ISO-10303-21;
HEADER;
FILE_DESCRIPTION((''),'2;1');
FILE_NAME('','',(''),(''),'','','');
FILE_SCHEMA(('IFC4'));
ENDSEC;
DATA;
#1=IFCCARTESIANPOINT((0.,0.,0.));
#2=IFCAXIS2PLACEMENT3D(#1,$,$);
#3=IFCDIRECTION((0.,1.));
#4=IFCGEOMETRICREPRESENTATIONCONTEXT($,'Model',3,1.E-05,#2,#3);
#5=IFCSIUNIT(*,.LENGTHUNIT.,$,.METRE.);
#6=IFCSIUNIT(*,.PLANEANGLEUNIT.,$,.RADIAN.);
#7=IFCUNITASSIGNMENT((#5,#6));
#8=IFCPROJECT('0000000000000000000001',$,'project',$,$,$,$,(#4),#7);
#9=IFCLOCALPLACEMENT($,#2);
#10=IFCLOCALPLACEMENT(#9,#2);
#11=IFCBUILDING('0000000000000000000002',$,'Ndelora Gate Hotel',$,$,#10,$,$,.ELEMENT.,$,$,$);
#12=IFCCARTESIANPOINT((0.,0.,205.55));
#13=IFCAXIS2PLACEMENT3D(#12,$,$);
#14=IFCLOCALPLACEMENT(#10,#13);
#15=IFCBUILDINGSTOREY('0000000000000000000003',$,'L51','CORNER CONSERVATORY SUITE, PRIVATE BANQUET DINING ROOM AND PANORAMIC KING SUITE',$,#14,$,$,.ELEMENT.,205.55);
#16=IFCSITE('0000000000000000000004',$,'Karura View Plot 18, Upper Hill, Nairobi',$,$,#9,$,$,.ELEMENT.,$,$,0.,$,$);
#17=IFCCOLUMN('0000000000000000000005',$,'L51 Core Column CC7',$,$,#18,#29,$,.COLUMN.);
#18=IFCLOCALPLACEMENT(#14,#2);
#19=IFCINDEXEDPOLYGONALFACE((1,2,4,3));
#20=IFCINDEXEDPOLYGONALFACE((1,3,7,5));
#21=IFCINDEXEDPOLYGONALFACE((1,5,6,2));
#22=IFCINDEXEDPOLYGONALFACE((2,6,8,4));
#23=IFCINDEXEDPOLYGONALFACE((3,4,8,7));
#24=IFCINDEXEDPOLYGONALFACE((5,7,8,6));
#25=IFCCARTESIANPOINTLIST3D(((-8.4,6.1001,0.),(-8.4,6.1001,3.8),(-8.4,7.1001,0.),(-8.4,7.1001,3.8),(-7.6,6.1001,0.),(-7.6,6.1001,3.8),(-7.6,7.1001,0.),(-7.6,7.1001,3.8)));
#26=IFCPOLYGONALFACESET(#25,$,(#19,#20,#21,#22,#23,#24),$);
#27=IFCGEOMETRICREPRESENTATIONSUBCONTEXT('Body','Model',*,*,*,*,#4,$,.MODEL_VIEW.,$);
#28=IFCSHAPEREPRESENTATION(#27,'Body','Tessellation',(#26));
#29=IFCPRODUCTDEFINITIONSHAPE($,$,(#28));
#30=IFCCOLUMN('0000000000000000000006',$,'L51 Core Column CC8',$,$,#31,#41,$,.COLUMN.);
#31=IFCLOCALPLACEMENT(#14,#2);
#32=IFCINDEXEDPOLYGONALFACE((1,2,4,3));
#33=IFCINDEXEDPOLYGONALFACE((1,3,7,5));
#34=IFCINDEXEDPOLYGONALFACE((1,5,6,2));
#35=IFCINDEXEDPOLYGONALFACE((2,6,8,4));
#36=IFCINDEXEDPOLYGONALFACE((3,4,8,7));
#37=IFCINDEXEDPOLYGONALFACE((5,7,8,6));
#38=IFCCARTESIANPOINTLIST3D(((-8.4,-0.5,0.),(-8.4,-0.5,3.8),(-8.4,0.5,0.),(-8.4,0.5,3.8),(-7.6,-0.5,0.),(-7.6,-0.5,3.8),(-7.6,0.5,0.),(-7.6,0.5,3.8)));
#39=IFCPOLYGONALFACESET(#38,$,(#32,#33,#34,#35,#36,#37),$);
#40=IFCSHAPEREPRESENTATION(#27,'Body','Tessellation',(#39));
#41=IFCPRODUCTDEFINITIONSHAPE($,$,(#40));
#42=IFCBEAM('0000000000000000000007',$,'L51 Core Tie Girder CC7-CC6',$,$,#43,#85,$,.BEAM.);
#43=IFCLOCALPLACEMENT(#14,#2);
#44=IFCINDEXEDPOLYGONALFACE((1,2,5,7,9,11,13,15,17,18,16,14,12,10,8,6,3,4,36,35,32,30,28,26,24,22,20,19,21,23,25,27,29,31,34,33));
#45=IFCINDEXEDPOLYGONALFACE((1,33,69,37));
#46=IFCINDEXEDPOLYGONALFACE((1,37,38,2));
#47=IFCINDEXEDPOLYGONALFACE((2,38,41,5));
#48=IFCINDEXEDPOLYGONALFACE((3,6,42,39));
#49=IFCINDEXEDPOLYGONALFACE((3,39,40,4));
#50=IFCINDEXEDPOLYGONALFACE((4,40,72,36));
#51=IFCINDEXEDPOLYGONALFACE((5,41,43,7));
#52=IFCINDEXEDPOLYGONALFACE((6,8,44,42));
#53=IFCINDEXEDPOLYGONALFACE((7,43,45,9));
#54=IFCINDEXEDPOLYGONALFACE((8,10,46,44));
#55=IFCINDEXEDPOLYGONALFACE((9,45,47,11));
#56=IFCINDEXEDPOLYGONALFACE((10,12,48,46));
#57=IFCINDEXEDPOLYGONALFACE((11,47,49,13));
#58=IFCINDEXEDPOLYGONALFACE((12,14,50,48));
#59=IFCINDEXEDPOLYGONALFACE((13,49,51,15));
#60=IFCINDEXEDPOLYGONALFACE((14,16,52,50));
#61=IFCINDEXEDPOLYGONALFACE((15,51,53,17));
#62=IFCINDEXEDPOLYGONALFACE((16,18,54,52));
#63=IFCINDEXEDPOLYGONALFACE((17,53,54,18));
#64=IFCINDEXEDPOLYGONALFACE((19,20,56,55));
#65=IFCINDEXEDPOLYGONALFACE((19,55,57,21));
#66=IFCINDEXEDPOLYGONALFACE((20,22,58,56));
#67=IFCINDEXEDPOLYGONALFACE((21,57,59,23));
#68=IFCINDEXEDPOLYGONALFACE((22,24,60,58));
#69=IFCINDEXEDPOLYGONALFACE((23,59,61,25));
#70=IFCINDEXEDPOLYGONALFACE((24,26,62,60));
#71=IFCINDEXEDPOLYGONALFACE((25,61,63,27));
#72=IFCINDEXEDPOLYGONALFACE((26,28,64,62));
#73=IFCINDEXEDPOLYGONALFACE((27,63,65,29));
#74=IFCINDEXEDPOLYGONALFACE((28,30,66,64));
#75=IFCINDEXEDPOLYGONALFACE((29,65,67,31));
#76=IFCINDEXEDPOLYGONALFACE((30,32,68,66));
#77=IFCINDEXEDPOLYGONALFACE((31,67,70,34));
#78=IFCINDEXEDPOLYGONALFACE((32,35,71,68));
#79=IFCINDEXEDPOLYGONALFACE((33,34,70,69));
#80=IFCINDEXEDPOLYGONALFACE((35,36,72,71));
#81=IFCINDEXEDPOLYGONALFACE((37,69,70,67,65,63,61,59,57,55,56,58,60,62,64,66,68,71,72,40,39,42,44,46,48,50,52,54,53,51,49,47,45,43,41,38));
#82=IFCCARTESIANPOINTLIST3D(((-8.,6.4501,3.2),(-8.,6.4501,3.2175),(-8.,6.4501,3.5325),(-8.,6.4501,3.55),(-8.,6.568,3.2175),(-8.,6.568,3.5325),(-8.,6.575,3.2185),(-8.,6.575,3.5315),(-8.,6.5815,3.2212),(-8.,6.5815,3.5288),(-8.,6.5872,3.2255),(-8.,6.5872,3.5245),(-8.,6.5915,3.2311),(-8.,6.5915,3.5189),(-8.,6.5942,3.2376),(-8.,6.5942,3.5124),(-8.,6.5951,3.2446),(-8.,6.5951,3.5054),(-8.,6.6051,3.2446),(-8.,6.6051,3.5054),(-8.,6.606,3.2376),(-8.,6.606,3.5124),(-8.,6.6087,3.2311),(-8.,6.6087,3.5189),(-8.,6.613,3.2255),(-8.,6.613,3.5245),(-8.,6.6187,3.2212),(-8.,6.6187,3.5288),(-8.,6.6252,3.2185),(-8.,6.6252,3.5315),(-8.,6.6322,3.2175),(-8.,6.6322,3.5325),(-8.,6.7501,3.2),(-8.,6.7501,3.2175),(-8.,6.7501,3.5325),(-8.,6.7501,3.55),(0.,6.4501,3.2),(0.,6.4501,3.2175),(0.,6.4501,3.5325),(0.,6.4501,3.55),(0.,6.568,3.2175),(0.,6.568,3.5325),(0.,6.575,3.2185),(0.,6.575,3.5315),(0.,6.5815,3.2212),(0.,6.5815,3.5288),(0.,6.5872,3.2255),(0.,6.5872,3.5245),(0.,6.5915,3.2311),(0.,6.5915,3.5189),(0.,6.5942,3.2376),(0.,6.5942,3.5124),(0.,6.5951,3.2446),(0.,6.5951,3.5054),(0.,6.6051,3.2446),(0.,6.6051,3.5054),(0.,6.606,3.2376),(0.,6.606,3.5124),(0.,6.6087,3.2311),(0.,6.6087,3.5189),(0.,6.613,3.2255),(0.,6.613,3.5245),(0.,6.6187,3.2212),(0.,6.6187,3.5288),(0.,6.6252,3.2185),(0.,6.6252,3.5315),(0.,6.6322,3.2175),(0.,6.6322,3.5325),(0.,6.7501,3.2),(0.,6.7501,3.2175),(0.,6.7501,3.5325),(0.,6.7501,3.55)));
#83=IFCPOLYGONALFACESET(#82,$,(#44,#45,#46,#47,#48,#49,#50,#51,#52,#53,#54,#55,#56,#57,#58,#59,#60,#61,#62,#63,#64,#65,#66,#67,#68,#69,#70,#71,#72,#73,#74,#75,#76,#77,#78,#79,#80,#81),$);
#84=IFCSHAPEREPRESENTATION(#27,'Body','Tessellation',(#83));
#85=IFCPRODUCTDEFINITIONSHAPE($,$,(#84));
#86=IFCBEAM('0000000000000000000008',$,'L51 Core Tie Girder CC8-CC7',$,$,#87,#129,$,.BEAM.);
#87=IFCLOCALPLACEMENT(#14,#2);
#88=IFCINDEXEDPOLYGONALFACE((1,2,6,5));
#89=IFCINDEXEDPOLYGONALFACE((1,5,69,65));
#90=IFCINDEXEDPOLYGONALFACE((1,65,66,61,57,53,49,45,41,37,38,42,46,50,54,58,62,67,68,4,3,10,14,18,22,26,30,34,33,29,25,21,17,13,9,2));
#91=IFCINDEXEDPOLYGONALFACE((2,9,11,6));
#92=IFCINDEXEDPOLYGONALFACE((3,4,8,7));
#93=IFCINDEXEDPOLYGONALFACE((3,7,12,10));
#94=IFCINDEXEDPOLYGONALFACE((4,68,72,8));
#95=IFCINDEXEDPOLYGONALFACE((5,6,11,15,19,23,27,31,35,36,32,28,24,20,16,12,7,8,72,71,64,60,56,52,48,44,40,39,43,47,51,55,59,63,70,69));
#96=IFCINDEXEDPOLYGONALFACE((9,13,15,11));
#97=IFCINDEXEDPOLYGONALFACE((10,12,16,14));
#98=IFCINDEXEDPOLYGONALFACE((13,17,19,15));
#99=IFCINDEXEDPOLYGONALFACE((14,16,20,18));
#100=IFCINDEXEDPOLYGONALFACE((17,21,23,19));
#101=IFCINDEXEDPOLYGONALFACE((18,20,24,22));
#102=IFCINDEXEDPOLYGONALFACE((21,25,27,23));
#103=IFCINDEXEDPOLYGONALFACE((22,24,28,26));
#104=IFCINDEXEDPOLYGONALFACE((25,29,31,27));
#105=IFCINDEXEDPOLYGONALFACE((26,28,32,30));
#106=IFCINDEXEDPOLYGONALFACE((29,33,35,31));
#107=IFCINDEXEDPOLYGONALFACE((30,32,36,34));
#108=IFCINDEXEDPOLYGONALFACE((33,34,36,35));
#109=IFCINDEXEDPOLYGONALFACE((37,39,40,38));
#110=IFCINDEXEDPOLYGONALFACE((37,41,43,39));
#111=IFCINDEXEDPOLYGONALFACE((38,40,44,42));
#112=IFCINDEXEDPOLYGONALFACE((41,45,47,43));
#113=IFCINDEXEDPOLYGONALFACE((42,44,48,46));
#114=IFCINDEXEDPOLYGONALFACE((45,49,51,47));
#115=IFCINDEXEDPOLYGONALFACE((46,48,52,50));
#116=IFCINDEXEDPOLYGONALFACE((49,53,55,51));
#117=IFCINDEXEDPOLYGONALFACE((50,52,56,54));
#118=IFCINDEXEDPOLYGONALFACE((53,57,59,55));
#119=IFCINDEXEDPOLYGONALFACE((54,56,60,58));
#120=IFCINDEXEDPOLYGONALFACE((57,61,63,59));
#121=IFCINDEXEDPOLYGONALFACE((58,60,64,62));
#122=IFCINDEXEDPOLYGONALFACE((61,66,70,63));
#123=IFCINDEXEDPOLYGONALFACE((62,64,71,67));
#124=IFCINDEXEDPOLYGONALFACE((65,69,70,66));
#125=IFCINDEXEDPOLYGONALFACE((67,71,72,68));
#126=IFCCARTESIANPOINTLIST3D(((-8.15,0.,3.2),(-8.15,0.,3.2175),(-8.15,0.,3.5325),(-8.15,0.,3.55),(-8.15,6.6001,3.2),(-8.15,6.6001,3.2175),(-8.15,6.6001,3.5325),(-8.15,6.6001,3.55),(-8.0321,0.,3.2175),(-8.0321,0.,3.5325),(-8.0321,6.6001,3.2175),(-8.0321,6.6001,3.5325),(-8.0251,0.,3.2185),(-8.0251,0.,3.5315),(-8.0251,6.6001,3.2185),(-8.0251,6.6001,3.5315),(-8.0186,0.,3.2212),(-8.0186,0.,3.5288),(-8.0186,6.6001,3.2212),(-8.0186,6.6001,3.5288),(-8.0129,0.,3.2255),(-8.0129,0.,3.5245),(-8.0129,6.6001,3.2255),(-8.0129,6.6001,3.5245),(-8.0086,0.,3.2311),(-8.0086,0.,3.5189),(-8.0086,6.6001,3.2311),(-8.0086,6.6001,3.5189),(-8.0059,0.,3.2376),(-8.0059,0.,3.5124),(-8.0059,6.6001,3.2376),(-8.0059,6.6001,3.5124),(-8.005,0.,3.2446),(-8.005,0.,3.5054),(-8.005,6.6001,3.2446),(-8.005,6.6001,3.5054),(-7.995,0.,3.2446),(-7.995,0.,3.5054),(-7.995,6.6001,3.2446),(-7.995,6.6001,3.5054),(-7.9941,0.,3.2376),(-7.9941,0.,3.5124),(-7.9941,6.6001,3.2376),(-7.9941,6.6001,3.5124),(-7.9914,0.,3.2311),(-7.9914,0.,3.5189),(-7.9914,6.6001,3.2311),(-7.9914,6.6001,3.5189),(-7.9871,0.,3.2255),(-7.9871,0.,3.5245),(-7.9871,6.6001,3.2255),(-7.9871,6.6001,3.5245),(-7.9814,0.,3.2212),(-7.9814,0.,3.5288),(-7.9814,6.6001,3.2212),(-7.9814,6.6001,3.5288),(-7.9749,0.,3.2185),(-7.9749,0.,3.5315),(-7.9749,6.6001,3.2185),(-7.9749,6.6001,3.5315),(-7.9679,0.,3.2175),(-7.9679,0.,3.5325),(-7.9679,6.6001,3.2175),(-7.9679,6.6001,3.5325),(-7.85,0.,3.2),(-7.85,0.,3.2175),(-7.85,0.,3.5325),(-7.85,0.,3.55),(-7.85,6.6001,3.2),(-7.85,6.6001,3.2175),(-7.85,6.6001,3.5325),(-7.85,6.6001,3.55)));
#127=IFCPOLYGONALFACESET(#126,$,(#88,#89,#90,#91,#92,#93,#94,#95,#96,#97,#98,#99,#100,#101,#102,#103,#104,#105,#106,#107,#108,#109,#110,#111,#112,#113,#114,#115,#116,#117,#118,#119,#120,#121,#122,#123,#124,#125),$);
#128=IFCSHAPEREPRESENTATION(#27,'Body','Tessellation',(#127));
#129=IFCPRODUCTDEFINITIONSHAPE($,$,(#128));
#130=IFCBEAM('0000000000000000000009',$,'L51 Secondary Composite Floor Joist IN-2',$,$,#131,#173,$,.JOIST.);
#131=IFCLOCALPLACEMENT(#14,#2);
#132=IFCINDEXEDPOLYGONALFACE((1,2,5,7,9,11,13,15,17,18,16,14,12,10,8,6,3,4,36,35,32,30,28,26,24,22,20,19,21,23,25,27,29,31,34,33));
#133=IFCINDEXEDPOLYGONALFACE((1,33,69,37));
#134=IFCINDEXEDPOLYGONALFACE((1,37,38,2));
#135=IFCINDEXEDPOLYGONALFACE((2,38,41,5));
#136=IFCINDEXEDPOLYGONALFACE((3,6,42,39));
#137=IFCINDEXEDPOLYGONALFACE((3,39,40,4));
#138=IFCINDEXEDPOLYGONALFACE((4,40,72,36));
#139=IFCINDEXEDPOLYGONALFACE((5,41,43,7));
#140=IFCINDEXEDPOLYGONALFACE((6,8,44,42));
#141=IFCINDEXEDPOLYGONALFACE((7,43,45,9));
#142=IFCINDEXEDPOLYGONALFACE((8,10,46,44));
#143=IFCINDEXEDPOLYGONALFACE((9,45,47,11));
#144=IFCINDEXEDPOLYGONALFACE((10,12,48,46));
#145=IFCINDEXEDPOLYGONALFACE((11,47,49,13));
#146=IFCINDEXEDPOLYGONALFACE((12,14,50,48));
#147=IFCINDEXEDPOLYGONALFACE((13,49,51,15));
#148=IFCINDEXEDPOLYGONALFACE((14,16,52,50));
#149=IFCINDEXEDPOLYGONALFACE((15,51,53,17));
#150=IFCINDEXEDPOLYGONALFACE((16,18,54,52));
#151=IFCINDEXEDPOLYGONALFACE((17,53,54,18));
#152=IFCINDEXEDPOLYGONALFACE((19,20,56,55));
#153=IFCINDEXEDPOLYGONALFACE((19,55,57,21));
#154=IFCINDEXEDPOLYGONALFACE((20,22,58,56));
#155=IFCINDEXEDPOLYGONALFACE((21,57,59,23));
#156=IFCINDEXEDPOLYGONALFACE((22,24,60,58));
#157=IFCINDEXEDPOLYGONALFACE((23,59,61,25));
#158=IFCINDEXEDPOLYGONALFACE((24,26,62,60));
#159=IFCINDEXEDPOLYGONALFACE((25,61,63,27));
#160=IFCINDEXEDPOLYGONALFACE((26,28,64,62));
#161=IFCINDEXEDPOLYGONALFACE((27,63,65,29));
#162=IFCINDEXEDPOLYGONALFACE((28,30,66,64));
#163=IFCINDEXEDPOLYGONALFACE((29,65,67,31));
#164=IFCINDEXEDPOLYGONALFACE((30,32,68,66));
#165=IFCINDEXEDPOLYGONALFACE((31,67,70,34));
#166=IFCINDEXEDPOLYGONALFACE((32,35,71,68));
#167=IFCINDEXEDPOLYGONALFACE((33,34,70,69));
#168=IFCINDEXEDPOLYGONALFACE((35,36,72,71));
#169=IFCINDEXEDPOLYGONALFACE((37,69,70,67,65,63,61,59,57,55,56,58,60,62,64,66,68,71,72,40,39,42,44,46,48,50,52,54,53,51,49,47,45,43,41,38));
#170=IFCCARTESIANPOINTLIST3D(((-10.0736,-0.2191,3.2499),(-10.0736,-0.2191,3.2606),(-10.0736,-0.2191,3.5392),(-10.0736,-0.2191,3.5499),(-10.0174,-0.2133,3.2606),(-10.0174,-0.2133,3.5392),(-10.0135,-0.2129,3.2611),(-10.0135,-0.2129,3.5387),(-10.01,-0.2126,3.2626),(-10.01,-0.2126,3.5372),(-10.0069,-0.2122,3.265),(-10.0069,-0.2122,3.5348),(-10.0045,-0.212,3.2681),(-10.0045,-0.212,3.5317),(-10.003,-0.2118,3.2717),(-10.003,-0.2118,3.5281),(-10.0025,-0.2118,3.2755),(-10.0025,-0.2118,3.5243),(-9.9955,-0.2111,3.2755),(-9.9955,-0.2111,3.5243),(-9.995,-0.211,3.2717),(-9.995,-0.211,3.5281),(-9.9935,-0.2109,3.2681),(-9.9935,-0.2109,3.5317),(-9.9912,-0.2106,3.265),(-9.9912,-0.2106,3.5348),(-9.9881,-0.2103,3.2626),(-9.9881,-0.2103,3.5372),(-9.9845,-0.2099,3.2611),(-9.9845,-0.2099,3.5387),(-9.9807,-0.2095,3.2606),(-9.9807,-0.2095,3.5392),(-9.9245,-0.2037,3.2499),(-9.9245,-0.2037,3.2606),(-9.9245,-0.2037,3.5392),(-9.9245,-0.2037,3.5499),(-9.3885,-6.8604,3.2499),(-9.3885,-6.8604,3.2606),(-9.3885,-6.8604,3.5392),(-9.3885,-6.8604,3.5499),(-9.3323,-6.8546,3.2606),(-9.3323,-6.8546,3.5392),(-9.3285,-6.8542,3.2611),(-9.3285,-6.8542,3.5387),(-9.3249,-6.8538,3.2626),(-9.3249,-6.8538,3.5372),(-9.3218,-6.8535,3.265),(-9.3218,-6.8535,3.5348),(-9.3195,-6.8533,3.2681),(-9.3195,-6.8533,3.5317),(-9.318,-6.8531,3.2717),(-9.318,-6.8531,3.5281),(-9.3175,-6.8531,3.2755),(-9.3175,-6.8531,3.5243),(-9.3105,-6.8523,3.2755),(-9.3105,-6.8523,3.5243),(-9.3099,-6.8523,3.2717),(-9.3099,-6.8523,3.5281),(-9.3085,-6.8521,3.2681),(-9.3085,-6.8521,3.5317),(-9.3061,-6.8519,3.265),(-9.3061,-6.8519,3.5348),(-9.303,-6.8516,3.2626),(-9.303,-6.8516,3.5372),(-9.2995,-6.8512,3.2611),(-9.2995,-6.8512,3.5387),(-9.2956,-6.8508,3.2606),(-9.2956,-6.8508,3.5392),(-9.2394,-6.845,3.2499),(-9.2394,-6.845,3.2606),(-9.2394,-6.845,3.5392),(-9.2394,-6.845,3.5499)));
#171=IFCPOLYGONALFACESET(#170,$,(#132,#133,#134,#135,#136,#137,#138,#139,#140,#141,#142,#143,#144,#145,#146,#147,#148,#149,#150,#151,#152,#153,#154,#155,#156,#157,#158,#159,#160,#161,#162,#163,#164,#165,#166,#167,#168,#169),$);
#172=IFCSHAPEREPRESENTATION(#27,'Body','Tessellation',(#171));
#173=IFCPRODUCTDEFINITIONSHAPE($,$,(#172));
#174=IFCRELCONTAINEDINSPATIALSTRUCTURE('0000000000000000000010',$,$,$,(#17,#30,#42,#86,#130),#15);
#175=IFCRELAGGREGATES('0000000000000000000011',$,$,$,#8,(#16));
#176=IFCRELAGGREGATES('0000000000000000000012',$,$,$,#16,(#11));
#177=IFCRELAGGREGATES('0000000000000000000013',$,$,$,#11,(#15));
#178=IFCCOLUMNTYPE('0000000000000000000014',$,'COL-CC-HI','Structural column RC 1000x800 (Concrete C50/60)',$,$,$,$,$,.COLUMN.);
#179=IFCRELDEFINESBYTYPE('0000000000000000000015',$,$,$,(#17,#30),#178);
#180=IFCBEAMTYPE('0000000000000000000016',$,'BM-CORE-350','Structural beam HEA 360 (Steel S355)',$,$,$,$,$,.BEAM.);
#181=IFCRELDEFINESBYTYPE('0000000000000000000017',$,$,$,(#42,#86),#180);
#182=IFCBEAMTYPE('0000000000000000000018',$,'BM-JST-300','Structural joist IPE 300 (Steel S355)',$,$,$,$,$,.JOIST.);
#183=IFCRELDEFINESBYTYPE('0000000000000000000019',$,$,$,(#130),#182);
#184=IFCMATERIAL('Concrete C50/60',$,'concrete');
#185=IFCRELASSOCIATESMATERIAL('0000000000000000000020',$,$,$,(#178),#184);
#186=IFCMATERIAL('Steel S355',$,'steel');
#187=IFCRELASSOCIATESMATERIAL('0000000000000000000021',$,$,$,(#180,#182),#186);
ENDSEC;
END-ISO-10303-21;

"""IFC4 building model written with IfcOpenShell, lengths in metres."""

from ifc_helpers import new_model, si_unit, direction, frame, origin, origin_2d, place, context, subcontext, project, spatial, rectangle, i_section, extrude, material, material_profile, profile_set, type_object, element, save


model = new_model("IFC4")

# Units and contexts
model_context = context("Model", 3, precision=1e-05, world=origin(), true_north=direction((0.0, 1.0)))
body_context = subcontext(model_context, "Body", "Model", "MODEL_VIEW")
ifc_project = project(units=[si_unit("LENGTHUNIT", "METRE"), si_unit("PLANEANGLEUNIT", "RADIAN")], contexts=[model_context])

# Site, building, storey
site_placement = place(None, origin())
site = spatial("IfcSite", under=ifc_project, at=site_placement, Name="Karura View Plot 18, Upper Hill, Nairobi", CompositionType="ELEMENT", RefElevation=0.0)
building_placement = place(site_placement, origin())
building = spatial("IfcBuilding", under=site, at=building_placement, Name="Ndelora Gate Hotel", CompositionType="ELEMENT")
storey_placement = place(building_placement, frame((0.0, 0.0, 205.55)))
storey = spatial("IfcBuildingStorey", under=building, at=storey_placement, Name="L51", Description="CORNER CONSERVATORY SUITE, PRIVATE BANQUET DINING ROOM AND PANORAMIC KING SUITE", CompositionType="ELEMENT", Elevation=205.55)

# Columns
ifc_material_1 = material(Name="Concrete C50/60", Category="concrete")
ifc_material_profile_1 = material_profile(ifc_material_1, rectangle(XDim=0.8, YDim=1.0, at=origin_2d()), Name="RC 1000x800")
ifc_profile_set_1 = profile_set([ifc_material_profile_1], Name="Concrete C50/60")
column_type = type_object("IfcColumnType", Name="COL-CC-HI", Description="Structural column RC 1000x800 (Concrete C50/60)", PredefinedType="COLUMN", material=ifc_profile_set_1)
for number, where, z_axis, x_axis, name in (
    (1, (-8.0, 6.6001, 0.0), (0.0, 0.0, 1.0), (1.0, 0.0, 0.0), "L51 Core Column CC7"),
    (2, (-8.0, 0.0, 0.0), (0.0, 0.0, 1.0), (1.0, 0.0, 0.0), "L51 Core Column CC8"),
):
    element("IfcColumn", number, at=place(storey_placement, frame(where, z_axis=z_axis, x_axis=x_axis)), inside=storey, type_object=column_type, Name=name, PredefinedType="COLUMN", context=body_context, shape_type="SweptSolid", body=[
        extrude(rectangle(XDim=0.8, YDim=1.0, at=origin_2d()), origin(), (0.0, 0.0, 1.0), 3.8),
    ])

# Beams
ifc_material_2 = material(Name="Steel S355", Category="steel")
ifc_material_profile_2 = material_profile(ifc_material_2, i_section(OverallWidth=0.3, OverallDepth=0.3501, WebThickness=0.01, FlangeThickness=0.0176, FilletRadius=0.0271, at=origin_2d()), Name="HEA 360")
ifc_profile_set_2 = profile_set([ifc_material_profile_2], Name="Steel S355")
beam_type_1 = type_object("IfcBeamType", Name="BM-CORE-350", Description="Structural beam HEA 360 (Steel S355)", PredefinedType="BEAM", material=ifc_profile_set_2)
beam_1_placement = place(storey_placement, frame((-8.0, 6.6001, 3.375), z_axis=(1.0, 0.0, 0.0), x_axis=(0.0, 1.0, 0.0)))
element("IfcBeam", 3, at=beam_1_placement, inside=storey, type_object=beam_type_1, Name="L51 Core Tie Girder CC7-CC6", PredefinedType="BEAM", context=body_context, shape_type="SweptSolid", body=[
    extrude(i_section(OverallWidth=0.3, OverallDepth=0.3501, WebThickness=0.01, FlangeThickness=0.0176, FilletRadius=0.0271, at=origin_2d()), origin(), (0.0, 0.0, 1.0), 8.0),
])
beam_2_placement = place(storey_placement, frame((-8.0, 0.0, 3.375), z_axis=(0.0, 1.0, 0.0), x_axis=(-1.0, 0.0, 0.0)))
element("IfcBeam", 4, at=beam_2_placement, inside=storey, type_object=beam_type_1, Name="L51 Core Tie Girder CC8-CC7", PredefinedType="BEAM", context=body_context, shape_type="SweptSolid", body=[
    extrude(i_section(OverallWidth=0.3, OverallDepth=0.3501, WebThickness=0.01, FlangeThickness=0.0176, FilletRadius=0.0271, at=origin_2d()), origin(), (0.0, 0.0, 1.0), 6.6001),
])
ifc_material_profile_3 = material_profile(ifc_material_2, i_section(OverallWidth=0.1499, OverallDepth=0.3, WebThickness=0.0071, FlangeThickness=0.0107, FilletRadius=0.0149, at=origin_2d()), Name="IPE 300")
ifc_profile_set_3 = profile_set([ifc_material_profile_3], Name="Steel S355")
beam_type_2 = type_object("IfcBeamType", Name="BM-JST-300", Description="Structural joist IPE 300 (Steel S355)", PredefinedType="JOIST", material=ifc_profile_set_3)
beam_3_placement = place(storey_placement, frame((-9.999, -0.2114, 3.3999), z_axis=(0.102606, -0.994722, 0.0), x_axis=(0.994722, 0.102606, 0.0)))
element("IfcBeam", 5, at=beam_3_placement, inside=storey, type_object=beam_type_2, Name="L51 Secondary Composite Floor Joist IN-2", PredefinedType="JOIST", context=body_context, shape_type="SweptSolid", body=[
    extrude(i_section(OverallWidth=0.1499, OverallDepth=0.3, WebThickness=0.0071, FlangeThickness=0.0107, FilletRadius=0.0149, at=origin_2d()), origin(), (0.0, 0.0, 1.0), 6.6765),
])

save(model, "model.ifc")
